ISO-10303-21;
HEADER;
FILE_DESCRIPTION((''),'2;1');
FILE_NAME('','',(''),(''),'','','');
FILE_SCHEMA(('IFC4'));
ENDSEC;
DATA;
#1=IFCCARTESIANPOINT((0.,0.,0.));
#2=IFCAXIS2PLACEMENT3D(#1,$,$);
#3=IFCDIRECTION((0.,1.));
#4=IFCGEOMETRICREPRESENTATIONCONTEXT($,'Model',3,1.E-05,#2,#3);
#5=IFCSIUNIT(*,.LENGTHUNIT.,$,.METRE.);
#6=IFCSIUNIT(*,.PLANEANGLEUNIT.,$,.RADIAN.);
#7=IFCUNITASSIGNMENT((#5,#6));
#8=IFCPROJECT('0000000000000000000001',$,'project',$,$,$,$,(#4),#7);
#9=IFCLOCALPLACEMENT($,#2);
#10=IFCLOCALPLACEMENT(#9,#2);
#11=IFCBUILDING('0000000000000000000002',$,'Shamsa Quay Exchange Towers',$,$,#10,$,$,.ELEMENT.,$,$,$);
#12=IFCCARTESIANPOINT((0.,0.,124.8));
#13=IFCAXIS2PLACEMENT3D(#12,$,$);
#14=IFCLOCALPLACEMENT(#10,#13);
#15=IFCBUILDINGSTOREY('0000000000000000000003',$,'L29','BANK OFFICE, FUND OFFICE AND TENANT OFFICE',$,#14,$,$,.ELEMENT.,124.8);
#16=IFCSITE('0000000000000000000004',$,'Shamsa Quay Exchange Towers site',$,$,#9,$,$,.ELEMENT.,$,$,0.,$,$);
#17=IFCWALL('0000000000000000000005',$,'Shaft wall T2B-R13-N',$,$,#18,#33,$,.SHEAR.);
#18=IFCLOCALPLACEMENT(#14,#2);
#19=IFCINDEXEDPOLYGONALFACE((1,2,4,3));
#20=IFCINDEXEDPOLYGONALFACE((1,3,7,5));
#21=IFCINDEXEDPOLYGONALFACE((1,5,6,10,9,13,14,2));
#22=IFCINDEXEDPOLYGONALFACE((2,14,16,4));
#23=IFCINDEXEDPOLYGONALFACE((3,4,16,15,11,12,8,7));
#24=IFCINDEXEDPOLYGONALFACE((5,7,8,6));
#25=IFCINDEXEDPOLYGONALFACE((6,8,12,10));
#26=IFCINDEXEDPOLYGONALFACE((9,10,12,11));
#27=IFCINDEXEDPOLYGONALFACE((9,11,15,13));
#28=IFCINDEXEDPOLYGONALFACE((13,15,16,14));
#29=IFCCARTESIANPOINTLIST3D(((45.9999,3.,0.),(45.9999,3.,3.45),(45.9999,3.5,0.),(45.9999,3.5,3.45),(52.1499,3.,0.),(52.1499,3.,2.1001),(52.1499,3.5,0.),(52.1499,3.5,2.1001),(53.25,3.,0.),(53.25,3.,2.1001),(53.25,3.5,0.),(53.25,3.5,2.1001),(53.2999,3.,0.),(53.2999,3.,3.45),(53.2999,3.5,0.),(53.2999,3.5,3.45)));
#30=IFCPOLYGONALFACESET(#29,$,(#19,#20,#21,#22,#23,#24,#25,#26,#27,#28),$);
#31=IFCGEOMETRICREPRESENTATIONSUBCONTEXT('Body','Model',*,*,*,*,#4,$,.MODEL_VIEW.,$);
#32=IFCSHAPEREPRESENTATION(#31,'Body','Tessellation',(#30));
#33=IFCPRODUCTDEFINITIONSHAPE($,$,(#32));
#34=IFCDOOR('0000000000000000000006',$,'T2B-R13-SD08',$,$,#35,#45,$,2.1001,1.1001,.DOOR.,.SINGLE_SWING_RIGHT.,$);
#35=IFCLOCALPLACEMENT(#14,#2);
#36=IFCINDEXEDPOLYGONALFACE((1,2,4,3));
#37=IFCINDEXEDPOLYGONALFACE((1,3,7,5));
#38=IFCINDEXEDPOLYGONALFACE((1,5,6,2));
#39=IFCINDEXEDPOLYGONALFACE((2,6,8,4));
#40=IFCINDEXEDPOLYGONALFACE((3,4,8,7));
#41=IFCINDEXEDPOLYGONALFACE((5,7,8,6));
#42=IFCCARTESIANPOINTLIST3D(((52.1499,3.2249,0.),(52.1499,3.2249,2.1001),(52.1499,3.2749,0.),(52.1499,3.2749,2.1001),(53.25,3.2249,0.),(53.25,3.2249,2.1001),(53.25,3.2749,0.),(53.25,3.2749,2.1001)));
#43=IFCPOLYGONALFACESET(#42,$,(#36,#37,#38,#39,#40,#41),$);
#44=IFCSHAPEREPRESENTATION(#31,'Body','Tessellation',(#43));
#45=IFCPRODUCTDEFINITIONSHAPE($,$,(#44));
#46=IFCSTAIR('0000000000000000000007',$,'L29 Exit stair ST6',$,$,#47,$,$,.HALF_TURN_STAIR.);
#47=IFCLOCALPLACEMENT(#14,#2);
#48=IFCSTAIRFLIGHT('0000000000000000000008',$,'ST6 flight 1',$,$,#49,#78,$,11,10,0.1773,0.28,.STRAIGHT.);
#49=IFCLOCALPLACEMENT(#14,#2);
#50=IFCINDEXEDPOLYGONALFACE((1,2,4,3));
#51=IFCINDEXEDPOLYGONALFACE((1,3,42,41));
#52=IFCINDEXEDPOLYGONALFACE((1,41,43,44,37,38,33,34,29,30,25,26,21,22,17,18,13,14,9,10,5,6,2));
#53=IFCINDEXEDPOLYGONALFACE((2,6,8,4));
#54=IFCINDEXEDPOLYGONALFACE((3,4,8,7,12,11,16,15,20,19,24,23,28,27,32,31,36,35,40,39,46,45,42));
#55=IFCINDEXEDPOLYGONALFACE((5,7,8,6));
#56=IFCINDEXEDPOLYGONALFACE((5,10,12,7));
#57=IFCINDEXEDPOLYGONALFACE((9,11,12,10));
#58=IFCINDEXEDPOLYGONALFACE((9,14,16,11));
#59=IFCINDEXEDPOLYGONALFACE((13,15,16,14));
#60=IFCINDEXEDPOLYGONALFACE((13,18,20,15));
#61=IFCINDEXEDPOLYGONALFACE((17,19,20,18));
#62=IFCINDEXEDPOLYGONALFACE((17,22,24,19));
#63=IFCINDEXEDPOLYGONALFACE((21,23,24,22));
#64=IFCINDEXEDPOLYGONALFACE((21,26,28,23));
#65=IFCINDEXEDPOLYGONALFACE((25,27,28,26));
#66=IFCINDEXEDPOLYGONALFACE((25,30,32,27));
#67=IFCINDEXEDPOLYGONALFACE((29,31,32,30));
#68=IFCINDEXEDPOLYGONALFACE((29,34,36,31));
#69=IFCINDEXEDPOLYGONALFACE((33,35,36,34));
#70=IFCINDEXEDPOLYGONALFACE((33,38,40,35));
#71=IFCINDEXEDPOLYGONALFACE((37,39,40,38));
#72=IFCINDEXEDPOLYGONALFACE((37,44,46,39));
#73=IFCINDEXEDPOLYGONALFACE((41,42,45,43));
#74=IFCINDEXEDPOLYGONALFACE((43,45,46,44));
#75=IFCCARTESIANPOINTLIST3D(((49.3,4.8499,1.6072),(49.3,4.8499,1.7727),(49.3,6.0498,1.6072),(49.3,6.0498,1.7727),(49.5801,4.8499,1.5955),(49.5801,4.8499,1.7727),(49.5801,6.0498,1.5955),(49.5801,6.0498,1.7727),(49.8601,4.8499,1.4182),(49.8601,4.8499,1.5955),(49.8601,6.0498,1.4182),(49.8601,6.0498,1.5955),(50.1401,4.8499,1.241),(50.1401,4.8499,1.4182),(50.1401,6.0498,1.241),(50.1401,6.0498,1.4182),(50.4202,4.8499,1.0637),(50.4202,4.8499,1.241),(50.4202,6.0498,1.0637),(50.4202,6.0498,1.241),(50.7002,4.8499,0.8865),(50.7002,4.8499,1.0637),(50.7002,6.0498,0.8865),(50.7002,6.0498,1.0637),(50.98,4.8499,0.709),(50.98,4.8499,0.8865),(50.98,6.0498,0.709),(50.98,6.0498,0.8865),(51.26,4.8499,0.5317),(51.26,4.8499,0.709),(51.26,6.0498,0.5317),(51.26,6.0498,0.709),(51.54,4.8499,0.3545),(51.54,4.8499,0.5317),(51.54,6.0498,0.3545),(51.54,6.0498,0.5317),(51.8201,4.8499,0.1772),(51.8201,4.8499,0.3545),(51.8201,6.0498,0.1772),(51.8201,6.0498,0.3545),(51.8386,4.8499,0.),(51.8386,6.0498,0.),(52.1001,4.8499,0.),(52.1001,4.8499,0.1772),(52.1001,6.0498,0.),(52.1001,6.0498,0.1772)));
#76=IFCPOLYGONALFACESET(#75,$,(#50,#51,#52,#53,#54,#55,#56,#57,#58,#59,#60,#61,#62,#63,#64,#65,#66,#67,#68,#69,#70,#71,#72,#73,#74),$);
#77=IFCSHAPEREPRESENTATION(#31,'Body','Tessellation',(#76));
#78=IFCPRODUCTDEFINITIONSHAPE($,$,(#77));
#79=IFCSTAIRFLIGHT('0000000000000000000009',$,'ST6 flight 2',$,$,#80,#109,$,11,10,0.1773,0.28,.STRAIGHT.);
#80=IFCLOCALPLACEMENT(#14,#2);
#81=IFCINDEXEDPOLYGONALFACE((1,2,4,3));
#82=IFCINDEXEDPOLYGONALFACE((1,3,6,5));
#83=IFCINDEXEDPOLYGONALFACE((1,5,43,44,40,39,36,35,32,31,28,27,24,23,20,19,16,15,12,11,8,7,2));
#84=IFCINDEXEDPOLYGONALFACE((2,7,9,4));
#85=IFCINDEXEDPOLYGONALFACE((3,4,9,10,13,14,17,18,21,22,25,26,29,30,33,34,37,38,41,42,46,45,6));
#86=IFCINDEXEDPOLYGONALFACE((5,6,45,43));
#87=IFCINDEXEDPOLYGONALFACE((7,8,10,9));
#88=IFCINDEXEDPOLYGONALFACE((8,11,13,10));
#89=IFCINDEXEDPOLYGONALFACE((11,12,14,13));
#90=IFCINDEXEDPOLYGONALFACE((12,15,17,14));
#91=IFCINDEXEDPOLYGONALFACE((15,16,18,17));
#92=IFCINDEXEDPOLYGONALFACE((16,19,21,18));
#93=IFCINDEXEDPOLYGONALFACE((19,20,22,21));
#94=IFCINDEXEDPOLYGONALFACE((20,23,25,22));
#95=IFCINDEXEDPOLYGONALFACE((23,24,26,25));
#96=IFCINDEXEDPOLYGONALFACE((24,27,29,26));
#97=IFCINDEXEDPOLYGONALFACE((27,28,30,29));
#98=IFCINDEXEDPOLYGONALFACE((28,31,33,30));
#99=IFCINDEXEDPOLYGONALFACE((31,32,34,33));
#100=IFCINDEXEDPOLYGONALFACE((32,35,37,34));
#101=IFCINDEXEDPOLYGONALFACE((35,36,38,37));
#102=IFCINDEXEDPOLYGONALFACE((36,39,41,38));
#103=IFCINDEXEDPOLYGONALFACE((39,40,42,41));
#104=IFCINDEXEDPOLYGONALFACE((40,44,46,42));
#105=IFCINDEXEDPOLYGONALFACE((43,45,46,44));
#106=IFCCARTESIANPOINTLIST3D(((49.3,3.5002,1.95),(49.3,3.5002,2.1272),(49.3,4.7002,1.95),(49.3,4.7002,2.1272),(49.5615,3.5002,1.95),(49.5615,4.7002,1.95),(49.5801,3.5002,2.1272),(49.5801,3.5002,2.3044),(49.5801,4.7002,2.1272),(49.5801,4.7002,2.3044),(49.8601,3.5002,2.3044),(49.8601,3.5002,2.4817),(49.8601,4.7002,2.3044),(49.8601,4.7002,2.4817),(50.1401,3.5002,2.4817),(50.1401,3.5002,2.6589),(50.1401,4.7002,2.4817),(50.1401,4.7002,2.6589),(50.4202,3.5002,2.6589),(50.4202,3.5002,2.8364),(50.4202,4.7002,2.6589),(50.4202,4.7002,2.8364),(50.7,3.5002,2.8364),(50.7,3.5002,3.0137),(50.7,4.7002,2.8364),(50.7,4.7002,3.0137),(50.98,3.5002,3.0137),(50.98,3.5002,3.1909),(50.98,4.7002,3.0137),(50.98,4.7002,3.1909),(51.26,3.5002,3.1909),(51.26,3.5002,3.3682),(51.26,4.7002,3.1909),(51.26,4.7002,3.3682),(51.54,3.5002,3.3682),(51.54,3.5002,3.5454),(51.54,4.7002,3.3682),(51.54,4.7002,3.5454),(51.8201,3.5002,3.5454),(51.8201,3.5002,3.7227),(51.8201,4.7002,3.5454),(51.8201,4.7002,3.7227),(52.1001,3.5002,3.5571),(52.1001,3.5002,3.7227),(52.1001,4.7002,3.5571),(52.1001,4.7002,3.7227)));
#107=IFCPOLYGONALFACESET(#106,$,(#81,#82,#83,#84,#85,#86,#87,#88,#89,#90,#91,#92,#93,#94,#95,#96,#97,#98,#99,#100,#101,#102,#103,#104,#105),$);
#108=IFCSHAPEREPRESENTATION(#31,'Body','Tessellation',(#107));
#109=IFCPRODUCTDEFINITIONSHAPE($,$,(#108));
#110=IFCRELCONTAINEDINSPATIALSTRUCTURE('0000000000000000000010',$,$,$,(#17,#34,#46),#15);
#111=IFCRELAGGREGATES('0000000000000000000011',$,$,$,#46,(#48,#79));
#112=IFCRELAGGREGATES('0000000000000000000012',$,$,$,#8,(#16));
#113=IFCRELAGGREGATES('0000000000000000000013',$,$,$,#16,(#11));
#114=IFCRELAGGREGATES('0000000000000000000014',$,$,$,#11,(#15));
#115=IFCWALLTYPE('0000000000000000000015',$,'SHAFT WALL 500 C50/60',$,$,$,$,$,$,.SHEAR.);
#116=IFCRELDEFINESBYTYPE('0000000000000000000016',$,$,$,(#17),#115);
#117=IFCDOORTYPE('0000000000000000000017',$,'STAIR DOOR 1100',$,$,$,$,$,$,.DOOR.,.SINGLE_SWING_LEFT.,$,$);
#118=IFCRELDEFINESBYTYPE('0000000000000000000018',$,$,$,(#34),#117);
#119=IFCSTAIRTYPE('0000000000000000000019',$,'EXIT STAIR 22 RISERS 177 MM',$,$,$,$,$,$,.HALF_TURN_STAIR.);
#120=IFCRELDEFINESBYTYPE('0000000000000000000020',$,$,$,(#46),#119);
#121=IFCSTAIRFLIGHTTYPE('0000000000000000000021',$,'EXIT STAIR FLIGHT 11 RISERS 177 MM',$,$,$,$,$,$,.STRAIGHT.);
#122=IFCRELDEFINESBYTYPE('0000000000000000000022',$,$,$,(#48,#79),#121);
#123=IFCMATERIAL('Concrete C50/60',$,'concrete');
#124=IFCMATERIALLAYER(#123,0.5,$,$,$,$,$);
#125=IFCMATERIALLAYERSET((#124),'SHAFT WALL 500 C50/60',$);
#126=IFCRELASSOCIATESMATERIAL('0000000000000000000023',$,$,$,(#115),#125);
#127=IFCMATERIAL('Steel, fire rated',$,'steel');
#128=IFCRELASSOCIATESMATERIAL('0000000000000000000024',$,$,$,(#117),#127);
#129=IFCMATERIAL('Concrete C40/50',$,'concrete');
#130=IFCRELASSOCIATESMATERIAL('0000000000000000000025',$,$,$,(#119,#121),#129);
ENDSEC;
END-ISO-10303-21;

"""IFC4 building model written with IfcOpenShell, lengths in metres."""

from ifc_helpers import new_model, si_unit, direction, frame, frame_2d, origin, place, context, subcontext, project, spatial, polyline, rectangle, outline, extrude, material, layer, layer_set, type_object, element, fill, aggregate, save


model = new_model("IFC4")

# Units and contexts
model_context = context("Model", 3, precision=1e-05, world=origin(), true_north=direction((0.0, 1.0)))
body_context = subcontext(model_context, "Body", "Model", "MODEL_VIEW")
ifc_project = project(units=[si_unit("LENGTHUNIT", "METRE"), si_unit("PLANEANGLEUNIT", "RADIAN")], contexts=[model_context])

# Site, building, storey
site_placement = place(None, origin())
site = spatial("IfcSite", under=ifc_project, at=site_placement, Name="Shamsa Quay Exchange Towers site", CompositionType="ELEMENT", RefElevation=0.0)
building_placement = place(site_placement, origin())
building = spatial("IfcBuilding", under=site, at=building_placement, Name="Shamsa Quay Exchange Towers", CompositionType="ELEMENT")
storey_placement = place(building_placement, frame((0.0, 0.0, 124.8)))
storey = spatial("IfcBuildingStorey", under=building, at=storey_placement, Name="L29", Description="BANK OFFICE, FUND OFFICE AND TENANT OFFICE", CompositionType="ELEMENT", Elevation=124.8)

# Shared definitions
ifc_material_1 = material(Name="Concrete C50/60", Category="concrete")
ifc_material_2 = material(Name="Steel, fire rated", Category="steel")

# Wall, opening, door
ifc_layer_1 = layer(ifc_material_1, 0.5)
ifc_layer_set_1 = layer_set([ifc_layer_1], Name="SHAFT WALL 500 C50/60")
wall_type_1 = type_object("IfcWallType", Name="SHAFT WALL 500 C50/60", PredefinedType="SHEAR", material=ifc_layer_set_1)
wall_1_placement = place(storey_placement, frame((46.0, 3.25, 0.0)))
wall_1 = element("IfcWall", 1, at=wall_1_placement, inside=storey, type_object=wall_type_1, Name="Shaft wall T2B-R13-N", PredefinedType="SHEAR", context=body_context, shape_type="SweptSolid", body=[
    extrude(rectangle(XDim=7.3, YDim=0.5, at=frame_2d((3.6499, 0.0))), origin(), (0.0, 0.0, 1.0), 3.45),
])
opening_1_placement = place(wall_1_placement, frame((6.1499, 0.0, 0.0)))
opening_1 = element("IfcOpeningElement", 2, at=opening_1_placement, cuts=wall_1, PredefinedType="OPENING", context=body_context, shape_type="SweptSolid", body=[
    extrude(rectangle(XDim=1.1001, YDim=2.1001, at=frame_2d((0.55, 1.05))), frame((0.0, 0.26, 0.0), z_axis=(0.0, -1.0, 0.0), x_axis=(1.0, 0.0, 0.0)), (0.0, 0.0, 1.0), 0.52),
])
door_type_1 = type_object("IfcDoorType", Name="STAIR DOOR 1100", OperationType="SINGLE_SWING_LEFT", PredefinedType="DOOR", material=ifc_material_2)
door_1_placement = place(opening_1_placement, origin())
door_1 = element("IfcDoor", 3, at=door_1_placement, inside=storey, type_object=door_type_1, Name="T2B-R13-SD08", OperationType="SINGLE_SWING_RIGHT", OverallHeight=2.1001, OverallWidth=1.1001, PredefinedType="DOOR", context=body_context, shape_type="SweptSolid", body=[
    extrude(rectangle(XDim=1.1001, YDim=2.1001, at=frame_2d((0.55, 1.05))), frame((0.0, 0.0249, 0.0), z_axis=(0.0, -1.0, 0.0), x_axis=(1.0, 0.0, 0.0)), (0.0, 0.0, 1.0), 0.05),
])
fill(opening_1, door_1)

# Stair, stair flights
ifc_material_3 = material(Name="Concrete C40/50", Category="concrete")
stair_type = type_object("IfcStairType", Name="EXIT STAIR 22 RISERS 177 MM", PredefinedType="HALF_TURN_STAIR", material=ifc_material_3)
stair_placement = place(storey_placement, origin())
stair = element("IfcStair", 4, at=stair_placement, inside=storey, type_object=stair_type, Name="L29 Exit stair ST6", PredefinedType="HALF_TURN_STAIR")
stair_flight_type = type_object("IfcStairFlightType", Name="EXIT STAIR FLIGHT 11 RISERS 177 MM", PredefinedType="STRAIGHT", material=ifc_material_3)
stair_flight_1_placement = place(storey_placement, frame((52.1001, 5.45, 0.0), z_axis=(0.0, 0.0, 1.0), x_axis=(-1.0, 0.0, 0.0)))
stair_flight_1 = element("IfcStairFlight", 5, at=stair_flight_1_placement, type_object=stair_flight_type, Name="ST6 flight 1", NumberOfRisers=11, NumberOfTreads=10, PredefinedType="STRAIGHT", RiserHeight=0.1773, TreadLength=0.28, context=body_context, shape_type="SweptSolid", body=[
    extrude(outline(polyline([(0.0, 0.0), (0.0, 0.1772), (0.28, 0.1772), (0.28, 0.3545), (0.5601, 0.3545), (0.5601, 0.5317), (0.8401, 0.5317), (0.8401, 0.709), (1.1201, 0.709), (1.1201, 0.8865), (1.3999, 0.8865), (1.3999, 1.0637), (1.6799, 1.0637), (1.6799, 1.241), (1.96, 1.241), (1.96, 1.4182), (2.24, 1.4182), (2.24, 1.5955), (2.52, 1.5955), (2.52, 1.7727), (2.8, 1.7727), (2.8, 1.95), (2.8, 1.6072), (0.2615, 0.0), (0.0, 0.0)])), frame((0.0, 0.6001, 0.0), z_axis=(0.0, -1.0, 0.0), x_axis=(1.0, 0.0, 0.0)), (0.0, 0.0, 1.0), 1.2),
])
stair_flight_2_placement = place(storey_placement, frame((49.3, 4.1001, 1.95)))
stair_flight_2 = element("IfcStairFlight", 6, at=stair_flight_2_placement, type_object=stair_flight_type, Name="ST6 flight 2", NumberOfRisers=11, NumberOfTreads=10, PredefinedType="STRAIGHT", RiserHeight=0.1773, TreadLength=0.28, context=body_context, shape_type="SweptSolid", body=[
    extrude(outline(polyline([(0.0, 0.0), (0.0, 0.1772), (0.28, 0.1772), (0.28, 0.3545), (0.5601, 0.3545), (0.5601, 0.5317), (0.8401, 0.5317), (0.8401, 0.709), (1.1201, 0.709), (1.1201, 0.8865), (1.3999, 0.8865), (1.3999, 1.0637), (1.6799, 1.0637), (1.6799, 1.241), (1.96, 1.241), (1.96, 1.4182), (2.24, 1.4182), (2.24, 1.5955), (2.52, 1.5955), (2.52, 1.7727), (2.8, 1.7727), (2.8, 1.95), (2.8, 1.6072), (0.2615, 0.0), (0.0, 0.0)])), frame((0.0, 0.6001, 0.0), z_axis=(0.0, -1.0, 0.0), x_axis=(1.0, 0.0, 0.0)), (0.0, 0.0, 1.0), 1.2),
])
aggregate(stair, [stair_flight_1, stair_flight_2])

save(model, "model.ifc")
